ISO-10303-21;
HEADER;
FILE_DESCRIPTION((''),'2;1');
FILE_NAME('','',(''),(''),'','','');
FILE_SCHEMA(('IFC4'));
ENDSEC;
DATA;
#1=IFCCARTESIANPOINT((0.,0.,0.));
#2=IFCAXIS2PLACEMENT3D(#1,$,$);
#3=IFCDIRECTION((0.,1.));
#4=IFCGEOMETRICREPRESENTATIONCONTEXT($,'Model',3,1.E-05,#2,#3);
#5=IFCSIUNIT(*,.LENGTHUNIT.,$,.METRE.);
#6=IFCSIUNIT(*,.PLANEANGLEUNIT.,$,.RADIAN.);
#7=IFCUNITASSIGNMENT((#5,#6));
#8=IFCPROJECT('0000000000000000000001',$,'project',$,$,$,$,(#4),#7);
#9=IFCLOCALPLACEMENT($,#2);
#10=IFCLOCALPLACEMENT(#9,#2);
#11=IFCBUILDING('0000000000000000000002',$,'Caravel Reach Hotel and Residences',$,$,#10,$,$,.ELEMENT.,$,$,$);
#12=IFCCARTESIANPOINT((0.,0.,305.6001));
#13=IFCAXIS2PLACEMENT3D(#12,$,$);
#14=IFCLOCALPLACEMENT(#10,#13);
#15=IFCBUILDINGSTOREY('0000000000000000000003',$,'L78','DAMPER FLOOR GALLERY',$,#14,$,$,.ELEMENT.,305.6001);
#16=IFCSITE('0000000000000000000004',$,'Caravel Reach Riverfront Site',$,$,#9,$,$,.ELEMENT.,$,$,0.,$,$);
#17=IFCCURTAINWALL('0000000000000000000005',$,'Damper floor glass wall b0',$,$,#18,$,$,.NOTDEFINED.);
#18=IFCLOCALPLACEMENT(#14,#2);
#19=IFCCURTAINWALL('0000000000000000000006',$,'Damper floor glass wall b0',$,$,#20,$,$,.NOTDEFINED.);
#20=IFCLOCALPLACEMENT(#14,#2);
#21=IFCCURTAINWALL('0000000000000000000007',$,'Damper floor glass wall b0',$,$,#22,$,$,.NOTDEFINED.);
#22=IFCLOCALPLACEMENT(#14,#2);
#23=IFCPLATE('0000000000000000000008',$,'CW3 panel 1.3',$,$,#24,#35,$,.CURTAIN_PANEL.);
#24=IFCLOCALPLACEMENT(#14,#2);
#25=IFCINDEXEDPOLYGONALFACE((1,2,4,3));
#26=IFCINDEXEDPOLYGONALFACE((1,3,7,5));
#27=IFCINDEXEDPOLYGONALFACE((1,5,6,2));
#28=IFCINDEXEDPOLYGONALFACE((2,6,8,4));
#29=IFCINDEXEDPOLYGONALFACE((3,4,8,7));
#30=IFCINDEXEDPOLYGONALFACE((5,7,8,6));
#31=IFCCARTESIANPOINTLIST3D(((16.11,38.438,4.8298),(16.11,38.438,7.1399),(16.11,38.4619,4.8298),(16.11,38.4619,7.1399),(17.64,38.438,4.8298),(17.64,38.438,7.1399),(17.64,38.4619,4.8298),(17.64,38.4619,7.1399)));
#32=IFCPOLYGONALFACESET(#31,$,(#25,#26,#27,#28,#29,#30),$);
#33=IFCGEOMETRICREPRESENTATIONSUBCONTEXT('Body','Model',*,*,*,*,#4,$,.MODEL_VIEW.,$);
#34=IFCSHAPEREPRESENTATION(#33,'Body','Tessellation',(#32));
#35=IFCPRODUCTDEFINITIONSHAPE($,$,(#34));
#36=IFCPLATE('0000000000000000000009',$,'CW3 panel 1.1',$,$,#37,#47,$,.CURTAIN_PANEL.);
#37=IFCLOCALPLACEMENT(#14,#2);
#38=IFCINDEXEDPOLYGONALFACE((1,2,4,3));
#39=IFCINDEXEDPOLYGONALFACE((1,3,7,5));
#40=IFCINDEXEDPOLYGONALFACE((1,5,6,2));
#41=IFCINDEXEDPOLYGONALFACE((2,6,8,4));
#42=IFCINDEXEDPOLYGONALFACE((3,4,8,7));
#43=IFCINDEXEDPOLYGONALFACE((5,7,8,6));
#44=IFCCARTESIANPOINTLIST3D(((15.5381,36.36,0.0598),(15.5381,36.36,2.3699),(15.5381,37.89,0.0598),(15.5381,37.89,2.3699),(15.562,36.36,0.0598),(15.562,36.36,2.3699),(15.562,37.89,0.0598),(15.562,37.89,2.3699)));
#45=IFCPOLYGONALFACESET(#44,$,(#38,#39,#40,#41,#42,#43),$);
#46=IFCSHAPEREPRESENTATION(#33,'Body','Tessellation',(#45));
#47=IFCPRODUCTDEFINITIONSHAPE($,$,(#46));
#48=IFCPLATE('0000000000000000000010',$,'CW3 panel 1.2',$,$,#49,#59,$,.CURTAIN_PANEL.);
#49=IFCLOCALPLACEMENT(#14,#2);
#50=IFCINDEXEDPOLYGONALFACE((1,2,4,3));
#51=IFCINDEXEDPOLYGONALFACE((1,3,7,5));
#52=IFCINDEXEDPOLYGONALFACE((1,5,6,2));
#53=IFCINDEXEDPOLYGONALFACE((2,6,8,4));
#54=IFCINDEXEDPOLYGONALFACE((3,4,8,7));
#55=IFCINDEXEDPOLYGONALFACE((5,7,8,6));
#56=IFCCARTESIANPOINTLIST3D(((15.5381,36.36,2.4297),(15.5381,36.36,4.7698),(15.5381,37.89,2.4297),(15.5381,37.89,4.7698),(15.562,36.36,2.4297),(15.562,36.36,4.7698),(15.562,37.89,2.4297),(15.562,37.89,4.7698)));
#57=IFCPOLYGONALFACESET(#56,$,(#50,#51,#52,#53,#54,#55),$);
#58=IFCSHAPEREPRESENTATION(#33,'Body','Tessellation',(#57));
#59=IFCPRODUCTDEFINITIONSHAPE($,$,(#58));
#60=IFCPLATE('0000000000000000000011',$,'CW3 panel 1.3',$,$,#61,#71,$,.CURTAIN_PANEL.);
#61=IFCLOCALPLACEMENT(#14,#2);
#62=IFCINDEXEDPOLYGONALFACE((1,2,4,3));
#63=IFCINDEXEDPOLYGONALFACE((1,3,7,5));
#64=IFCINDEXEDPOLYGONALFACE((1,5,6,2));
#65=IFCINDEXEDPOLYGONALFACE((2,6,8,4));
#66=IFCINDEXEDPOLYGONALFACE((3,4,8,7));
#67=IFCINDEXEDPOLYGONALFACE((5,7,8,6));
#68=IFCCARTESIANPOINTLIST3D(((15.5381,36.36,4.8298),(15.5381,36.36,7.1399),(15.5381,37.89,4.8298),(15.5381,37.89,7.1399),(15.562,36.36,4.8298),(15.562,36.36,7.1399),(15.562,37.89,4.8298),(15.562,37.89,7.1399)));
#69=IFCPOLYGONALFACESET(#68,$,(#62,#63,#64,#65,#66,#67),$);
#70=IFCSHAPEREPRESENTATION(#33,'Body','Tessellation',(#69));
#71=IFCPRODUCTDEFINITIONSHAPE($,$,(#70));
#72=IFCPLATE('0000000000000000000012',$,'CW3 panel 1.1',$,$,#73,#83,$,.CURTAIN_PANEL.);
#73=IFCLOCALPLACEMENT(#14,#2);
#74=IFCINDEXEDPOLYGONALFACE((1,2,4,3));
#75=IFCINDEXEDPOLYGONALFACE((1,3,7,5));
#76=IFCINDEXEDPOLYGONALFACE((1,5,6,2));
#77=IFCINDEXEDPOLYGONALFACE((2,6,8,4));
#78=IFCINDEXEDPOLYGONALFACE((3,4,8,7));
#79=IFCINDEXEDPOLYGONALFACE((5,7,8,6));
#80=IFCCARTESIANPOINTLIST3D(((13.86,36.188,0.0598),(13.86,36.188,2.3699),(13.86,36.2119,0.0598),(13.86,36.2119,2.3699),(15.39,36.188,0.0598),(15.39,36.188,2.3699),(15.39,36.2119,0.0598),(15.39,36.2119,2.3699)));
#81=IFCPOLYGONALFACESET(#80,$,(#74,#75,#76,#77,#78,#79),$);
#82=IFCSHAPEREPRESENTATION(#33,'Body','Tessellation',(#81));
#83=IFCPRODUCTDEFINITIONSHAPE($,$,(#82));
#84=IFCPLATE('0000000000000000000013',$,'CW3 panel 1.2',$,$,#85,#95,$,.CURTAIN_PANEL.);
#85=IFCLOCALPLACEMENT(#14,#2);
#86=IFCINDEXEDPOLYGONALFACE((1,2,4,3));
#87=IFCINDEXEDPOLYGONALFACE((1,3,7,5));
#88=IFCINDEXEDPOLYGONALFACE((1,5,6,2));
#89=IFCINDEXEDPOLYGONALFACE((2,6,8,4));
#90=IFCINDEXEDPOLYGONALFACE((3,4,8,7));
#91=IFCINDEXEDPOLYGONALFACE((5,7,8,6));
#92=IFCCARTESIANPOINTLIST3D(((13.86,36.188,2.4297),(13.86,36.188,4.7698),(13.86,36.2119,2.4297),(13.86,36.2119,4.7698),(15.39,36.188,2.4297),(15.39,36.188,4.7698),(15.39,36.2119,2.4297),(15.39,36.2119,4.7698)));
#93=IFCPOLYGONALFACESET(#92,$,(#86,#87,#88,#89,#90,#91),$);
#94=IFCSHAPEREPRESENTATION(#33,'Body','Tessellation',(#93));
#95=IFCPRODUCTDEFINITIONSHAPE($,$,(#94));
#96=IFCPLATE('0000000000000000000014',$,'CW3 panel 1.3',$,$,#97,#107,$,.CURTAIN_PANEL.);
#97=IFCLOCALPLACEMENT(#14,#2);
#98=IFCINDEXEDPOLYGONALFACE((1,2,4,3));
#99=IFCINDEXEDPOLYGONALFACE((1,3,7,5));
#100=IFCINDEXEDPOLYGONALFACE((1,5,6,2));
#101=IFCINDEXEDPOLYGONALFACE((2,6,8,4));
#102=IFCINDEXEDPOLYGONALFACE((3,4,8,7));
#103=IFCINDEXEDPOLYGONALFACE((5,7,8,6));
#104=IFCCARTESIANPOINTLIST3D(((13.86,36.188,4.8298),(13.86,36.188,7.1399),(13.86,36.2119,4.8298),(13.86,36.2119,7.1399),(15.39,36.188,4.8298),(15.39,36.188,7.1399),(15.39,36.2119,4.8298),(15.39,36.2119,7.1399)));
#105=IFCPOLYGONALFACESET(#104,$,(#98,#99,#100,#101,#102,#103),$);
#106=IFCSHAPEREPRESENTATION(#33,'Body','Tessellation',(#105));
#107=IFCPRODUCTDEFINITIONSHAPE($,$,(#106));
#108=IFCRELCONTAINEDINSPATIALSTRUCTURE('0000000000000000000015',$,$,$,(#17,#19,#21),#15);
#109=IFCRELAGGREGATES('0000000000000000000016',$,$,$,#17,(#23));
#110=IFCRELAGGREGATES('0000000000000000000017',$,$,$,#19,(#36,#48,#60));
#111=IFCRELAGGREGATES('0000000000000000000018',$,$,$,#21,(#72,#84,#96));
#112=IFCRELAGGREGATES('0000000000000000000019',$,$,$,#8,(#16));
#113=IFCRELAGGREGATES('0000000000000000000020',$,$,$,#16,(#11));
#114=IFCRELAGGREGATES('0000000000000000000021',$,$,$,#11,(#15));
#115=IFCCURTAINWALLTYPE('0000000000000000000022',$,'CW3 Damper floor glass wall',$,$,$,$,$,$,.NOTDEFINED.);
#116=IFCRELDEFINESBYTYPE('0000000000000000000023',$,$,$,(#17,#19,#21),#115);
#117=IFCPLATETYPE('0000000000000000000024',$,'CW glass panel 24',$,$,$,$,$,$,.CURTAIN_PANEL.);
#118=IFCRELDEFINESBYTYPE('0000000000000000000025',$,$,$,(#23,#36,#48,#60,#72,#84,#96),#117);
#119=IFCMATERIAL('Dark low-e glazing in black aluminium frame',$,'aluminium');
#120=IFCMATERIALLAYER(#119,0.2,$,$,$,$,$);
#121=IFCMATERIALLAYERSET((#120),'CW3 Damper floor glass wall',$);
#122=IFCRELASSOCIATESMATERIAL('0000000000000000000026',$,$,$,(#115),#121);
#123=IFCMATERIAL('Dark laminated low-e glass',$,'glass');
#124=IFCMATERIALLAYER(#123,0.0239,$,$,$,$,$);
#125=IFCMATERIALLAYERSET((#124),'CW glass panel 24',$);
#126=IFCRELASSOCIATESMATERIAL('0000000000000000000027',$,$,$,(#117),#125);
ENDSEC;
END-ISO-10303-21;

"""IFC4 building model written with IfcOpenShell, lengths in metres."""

from ifc_helpers import new_model, si_unit, direction, frame, origin, origin_2d, place, context, subcontext, project, spatial, rectangle, extrude, material, layer, layer_set, type_object, element, aggregate, save


model = new_model("IFC4")

# Units and contexts
model_context = context("Model", 3, precision=1e-05, world=origin(), true_north=direction((0.0, 1.0)))
body_context = subcontext(model_context, "Body", "Model", "MODEL_VIEW")
ifc_project = project(units=[si_unit("LENGTHUNIT", "METRE"), si_unit("PLANEANGLEUNIT", "RADIAN")], contexts=[model_context])

# Site, building, storey
site_placement = place(None, origin())
site = spatial("IfcSite", under=ifc_project, at=site_placement, Name="Caravel Reach Riverfront Site", CompositionType="ELEMENT", RefElevation=0.0)
building_placement = place(site_placement, origin())
building = spatial("IfcBuilding", under=site, at=building_placement, Name="Caravel Reach Hotel and Residences", CompositionType="ELEMENT")
storey_placement = place(building_placement, frame((0.0, 0.0, 305.6001)))
storey = spatial("IfcBuildingStorey", under=building, at=storey_placement, Name="L78", Description="DAMPER FLOOR GALLERY", CompositionType="ELEMENT", Elevation=305.6001)

# Shared definitions
ifc_material_1 = material(Name="Dark low-e glazing in black aluminium frame", Category="aluminium")
ifc_layer_1 = layer(ifc_material_1, 0.2)
ifc_layer_set_1 = layer_set([ifc_layer_1], Name="CW3 Damper floor glass wall")
curtain_wall_type = type_object("IfcCurtainWallType", Name="CW3 Damper floor glass wall", PredefinedType="NOTDEFINED", material=ifc_layer_set_1)

# Curtain walls
curtain_wall_1_placement = place(storey_placement, origin())
curtain_wall_1 = element("IfcCurtainWall", 1, at=curtain_wall_1_placement, inside=storey, type_object=curtain_wall_type, Name="Damper floor glass wall b0", PredefinedType="NOTDEFINED")
curtain_wall_2_placement = place(storey_placement, origin())
curtain_wall_2 = element("IfcCurtainWall", 2, at=curtain_wall_2_placement, inside=storey, type_object=curtain_wall_type, Name="Damper floor glass wall b0", PredefinedType="NOTDEFINED")

# Curtain wall
curtain_wall_3_placement = place(storey_placement, origin())
curtain_wall_3 = element("IfcCurtainWall", 3, at=curtain_wall_3_placement, inside=storey, type_object=curtain_wall_type, Name="Damper floor glass wall b0", PredefinedType="NOTDEFINED")

# Plates
ifc_material_2 = material(Name="Dark laminated low-e glass", Category="glass")
ifc_layer_2 = layer(ifc_material_2, 0.0239)
ifc_layer_set_2 = layer_set([ifc_layer_2], Name="CW glass panel 24")
plate_type = type_object("IfcPlateType", Name="CW glass panel 24", PredefinedType="CURTAIN_PANEL", material=ifc_layer_set_2)
plate_1_placement = place(storey_placement, frame((16.875, 38.45, 4.8298), z_axis=(0.0, 0.0, 1.0), x_axis=(-1.0, 0.0, 0.0)))
plate_1 = element("IfcPlate", 4, at=plate_1_placement, type_object=plate_type, Name="CW3 panel 1.3", PredefinedType="CURTAIN_PANEL", context=body_context, shape_type="SweptSolid", body=[
    extrude(rectangle(XDim=1.53, YDim=0.0239, at=origin_2d()), origin(), (0.0, 0.0, 1.0), 2.3101),
])
aggregate(curtain_wall_1, [plate_1])
plate_2_placement = place(storey_placement, frame((15.55, 37.125, 0.0598), z_axis=(0.0, 0.0, 1.0), x_axis=(0.0, -1.0, 0.0)))
plate_2 = element("IfcPlate", 5, at=plate_2_placement, type_object=plate_type, Name="CW3 panel 1.1", PredefinedType="CURTAIN_PANEL", context=body_context, shape_type="SweptSolid", body=[
    extrude(rectangle(XDim=1.53, YDim=0.0239, at=origin_2d()), origin(), (0.0, 0.0, 1.0), 2.3101),
])
plate_3_placement = place(storey_placement, frame((15.55, 37.125, 2.4297), z_axis=(0.0, 0.0, 1.0), x_axis=(0.0, -1.0, 0.0)))
plate_3 = element("IfcPlate", 6, at=plate_3_placement, type_object=plate_type, Name="CW3 panel 1.2", PredefinedType="CURTAIN_PANEL", context=body_context, shape_type="SweptSolid", body=[
    extrude(rectangle(XDim=1.53, YDim=0.0239, at=origin_2d()), origin(), (0.0, 0.0, 1.0), 2.3401),
])
plate_4_placement = place(storey_placement, frame((15.55, 37.125, 4.8298), z_axis=(0.0, 0.0, 1.0), x_axis=(0.0, -1.0, 0.0)))
plate_4 = element("IfcPlate", 7, at=plate_4_placement, type_object=plate_type, Name="CW3 panel 1.3", PredefinedType="CURTAIN_PANEL", context=body_context, shape_type="SweptSolid", body=[
    extrude(rectangle(XDim=1.53, YDim=0.0239, at=origin_2d()), origin(), (0.0, 0.0, 1.0), 2.3101),
])
aggregate(curtain_wall_2, [plate_2, plate_3, plate_4])
plate_5_placement = place(storey_placement, frame((14.625, 36.2, 0.0598), z_axis=(0.0, 0.0, 1.0), x_axis=(-1.0, 0.0, 0.0)))
plate_5 = element("IfcPlate", 8, at=plate_5_placement, type_object=plate_type, Name="CW3 panel 1.1", PredefinedType="CURTAIN_PANEL", context=body_context, shape_type="SweptSolid", body=[
    extrude(rectangle(XDim=1.53, YDim=0.0239, at=origin_2d()), origin(), (0.0, 0.0, 1.0), 2.3101),
])
plate_6_placement = place(storey_placement, frame((14.625, 36.2, 2.4297), z_axis=(0.0, 0.0, 1.0), x_axis=(-1.0, 0.0, 0.0)))
plate_6 = element("IfcPlate", 9, at=plate_6_placement, type_object=plate_type, Name="CW3 panel 1.2", PredefinedType="CURTAIN_PANEL", context=body_context, shape_type="SweptSolid", body=[
    extrude(rectangle(XDim=1.53, YDim=0.0239, at=origin_2d()), origin(), (0.0, 0.0, 1.0), 2.3401),
])
plate_7_placement = place(storey_placement, frame((14.625, 36.2, 4.8298), z_axis=(0.0, 0.0, 1.0), x_axis=(-1.0, 0.0, 0.0)))
plate_7 = element("IfcPlate", 10, at=plate_7_placement, type_object=plate_type, Name="CW3 panel 1.3", PredefinedType="CURTAIN_PANEL", context=body_context, shape_type="SweptSolid", body=[
    extrude(rectangle(XDim=1.53, YDim=0.0239, at=origin_2d()), origin(), (0.0, 0.0, 1.0), 2.3101),
])
aggregate(curtain_wall_3, [plate_5, plate_6, plate_7])

save(model, "model.ifc")
